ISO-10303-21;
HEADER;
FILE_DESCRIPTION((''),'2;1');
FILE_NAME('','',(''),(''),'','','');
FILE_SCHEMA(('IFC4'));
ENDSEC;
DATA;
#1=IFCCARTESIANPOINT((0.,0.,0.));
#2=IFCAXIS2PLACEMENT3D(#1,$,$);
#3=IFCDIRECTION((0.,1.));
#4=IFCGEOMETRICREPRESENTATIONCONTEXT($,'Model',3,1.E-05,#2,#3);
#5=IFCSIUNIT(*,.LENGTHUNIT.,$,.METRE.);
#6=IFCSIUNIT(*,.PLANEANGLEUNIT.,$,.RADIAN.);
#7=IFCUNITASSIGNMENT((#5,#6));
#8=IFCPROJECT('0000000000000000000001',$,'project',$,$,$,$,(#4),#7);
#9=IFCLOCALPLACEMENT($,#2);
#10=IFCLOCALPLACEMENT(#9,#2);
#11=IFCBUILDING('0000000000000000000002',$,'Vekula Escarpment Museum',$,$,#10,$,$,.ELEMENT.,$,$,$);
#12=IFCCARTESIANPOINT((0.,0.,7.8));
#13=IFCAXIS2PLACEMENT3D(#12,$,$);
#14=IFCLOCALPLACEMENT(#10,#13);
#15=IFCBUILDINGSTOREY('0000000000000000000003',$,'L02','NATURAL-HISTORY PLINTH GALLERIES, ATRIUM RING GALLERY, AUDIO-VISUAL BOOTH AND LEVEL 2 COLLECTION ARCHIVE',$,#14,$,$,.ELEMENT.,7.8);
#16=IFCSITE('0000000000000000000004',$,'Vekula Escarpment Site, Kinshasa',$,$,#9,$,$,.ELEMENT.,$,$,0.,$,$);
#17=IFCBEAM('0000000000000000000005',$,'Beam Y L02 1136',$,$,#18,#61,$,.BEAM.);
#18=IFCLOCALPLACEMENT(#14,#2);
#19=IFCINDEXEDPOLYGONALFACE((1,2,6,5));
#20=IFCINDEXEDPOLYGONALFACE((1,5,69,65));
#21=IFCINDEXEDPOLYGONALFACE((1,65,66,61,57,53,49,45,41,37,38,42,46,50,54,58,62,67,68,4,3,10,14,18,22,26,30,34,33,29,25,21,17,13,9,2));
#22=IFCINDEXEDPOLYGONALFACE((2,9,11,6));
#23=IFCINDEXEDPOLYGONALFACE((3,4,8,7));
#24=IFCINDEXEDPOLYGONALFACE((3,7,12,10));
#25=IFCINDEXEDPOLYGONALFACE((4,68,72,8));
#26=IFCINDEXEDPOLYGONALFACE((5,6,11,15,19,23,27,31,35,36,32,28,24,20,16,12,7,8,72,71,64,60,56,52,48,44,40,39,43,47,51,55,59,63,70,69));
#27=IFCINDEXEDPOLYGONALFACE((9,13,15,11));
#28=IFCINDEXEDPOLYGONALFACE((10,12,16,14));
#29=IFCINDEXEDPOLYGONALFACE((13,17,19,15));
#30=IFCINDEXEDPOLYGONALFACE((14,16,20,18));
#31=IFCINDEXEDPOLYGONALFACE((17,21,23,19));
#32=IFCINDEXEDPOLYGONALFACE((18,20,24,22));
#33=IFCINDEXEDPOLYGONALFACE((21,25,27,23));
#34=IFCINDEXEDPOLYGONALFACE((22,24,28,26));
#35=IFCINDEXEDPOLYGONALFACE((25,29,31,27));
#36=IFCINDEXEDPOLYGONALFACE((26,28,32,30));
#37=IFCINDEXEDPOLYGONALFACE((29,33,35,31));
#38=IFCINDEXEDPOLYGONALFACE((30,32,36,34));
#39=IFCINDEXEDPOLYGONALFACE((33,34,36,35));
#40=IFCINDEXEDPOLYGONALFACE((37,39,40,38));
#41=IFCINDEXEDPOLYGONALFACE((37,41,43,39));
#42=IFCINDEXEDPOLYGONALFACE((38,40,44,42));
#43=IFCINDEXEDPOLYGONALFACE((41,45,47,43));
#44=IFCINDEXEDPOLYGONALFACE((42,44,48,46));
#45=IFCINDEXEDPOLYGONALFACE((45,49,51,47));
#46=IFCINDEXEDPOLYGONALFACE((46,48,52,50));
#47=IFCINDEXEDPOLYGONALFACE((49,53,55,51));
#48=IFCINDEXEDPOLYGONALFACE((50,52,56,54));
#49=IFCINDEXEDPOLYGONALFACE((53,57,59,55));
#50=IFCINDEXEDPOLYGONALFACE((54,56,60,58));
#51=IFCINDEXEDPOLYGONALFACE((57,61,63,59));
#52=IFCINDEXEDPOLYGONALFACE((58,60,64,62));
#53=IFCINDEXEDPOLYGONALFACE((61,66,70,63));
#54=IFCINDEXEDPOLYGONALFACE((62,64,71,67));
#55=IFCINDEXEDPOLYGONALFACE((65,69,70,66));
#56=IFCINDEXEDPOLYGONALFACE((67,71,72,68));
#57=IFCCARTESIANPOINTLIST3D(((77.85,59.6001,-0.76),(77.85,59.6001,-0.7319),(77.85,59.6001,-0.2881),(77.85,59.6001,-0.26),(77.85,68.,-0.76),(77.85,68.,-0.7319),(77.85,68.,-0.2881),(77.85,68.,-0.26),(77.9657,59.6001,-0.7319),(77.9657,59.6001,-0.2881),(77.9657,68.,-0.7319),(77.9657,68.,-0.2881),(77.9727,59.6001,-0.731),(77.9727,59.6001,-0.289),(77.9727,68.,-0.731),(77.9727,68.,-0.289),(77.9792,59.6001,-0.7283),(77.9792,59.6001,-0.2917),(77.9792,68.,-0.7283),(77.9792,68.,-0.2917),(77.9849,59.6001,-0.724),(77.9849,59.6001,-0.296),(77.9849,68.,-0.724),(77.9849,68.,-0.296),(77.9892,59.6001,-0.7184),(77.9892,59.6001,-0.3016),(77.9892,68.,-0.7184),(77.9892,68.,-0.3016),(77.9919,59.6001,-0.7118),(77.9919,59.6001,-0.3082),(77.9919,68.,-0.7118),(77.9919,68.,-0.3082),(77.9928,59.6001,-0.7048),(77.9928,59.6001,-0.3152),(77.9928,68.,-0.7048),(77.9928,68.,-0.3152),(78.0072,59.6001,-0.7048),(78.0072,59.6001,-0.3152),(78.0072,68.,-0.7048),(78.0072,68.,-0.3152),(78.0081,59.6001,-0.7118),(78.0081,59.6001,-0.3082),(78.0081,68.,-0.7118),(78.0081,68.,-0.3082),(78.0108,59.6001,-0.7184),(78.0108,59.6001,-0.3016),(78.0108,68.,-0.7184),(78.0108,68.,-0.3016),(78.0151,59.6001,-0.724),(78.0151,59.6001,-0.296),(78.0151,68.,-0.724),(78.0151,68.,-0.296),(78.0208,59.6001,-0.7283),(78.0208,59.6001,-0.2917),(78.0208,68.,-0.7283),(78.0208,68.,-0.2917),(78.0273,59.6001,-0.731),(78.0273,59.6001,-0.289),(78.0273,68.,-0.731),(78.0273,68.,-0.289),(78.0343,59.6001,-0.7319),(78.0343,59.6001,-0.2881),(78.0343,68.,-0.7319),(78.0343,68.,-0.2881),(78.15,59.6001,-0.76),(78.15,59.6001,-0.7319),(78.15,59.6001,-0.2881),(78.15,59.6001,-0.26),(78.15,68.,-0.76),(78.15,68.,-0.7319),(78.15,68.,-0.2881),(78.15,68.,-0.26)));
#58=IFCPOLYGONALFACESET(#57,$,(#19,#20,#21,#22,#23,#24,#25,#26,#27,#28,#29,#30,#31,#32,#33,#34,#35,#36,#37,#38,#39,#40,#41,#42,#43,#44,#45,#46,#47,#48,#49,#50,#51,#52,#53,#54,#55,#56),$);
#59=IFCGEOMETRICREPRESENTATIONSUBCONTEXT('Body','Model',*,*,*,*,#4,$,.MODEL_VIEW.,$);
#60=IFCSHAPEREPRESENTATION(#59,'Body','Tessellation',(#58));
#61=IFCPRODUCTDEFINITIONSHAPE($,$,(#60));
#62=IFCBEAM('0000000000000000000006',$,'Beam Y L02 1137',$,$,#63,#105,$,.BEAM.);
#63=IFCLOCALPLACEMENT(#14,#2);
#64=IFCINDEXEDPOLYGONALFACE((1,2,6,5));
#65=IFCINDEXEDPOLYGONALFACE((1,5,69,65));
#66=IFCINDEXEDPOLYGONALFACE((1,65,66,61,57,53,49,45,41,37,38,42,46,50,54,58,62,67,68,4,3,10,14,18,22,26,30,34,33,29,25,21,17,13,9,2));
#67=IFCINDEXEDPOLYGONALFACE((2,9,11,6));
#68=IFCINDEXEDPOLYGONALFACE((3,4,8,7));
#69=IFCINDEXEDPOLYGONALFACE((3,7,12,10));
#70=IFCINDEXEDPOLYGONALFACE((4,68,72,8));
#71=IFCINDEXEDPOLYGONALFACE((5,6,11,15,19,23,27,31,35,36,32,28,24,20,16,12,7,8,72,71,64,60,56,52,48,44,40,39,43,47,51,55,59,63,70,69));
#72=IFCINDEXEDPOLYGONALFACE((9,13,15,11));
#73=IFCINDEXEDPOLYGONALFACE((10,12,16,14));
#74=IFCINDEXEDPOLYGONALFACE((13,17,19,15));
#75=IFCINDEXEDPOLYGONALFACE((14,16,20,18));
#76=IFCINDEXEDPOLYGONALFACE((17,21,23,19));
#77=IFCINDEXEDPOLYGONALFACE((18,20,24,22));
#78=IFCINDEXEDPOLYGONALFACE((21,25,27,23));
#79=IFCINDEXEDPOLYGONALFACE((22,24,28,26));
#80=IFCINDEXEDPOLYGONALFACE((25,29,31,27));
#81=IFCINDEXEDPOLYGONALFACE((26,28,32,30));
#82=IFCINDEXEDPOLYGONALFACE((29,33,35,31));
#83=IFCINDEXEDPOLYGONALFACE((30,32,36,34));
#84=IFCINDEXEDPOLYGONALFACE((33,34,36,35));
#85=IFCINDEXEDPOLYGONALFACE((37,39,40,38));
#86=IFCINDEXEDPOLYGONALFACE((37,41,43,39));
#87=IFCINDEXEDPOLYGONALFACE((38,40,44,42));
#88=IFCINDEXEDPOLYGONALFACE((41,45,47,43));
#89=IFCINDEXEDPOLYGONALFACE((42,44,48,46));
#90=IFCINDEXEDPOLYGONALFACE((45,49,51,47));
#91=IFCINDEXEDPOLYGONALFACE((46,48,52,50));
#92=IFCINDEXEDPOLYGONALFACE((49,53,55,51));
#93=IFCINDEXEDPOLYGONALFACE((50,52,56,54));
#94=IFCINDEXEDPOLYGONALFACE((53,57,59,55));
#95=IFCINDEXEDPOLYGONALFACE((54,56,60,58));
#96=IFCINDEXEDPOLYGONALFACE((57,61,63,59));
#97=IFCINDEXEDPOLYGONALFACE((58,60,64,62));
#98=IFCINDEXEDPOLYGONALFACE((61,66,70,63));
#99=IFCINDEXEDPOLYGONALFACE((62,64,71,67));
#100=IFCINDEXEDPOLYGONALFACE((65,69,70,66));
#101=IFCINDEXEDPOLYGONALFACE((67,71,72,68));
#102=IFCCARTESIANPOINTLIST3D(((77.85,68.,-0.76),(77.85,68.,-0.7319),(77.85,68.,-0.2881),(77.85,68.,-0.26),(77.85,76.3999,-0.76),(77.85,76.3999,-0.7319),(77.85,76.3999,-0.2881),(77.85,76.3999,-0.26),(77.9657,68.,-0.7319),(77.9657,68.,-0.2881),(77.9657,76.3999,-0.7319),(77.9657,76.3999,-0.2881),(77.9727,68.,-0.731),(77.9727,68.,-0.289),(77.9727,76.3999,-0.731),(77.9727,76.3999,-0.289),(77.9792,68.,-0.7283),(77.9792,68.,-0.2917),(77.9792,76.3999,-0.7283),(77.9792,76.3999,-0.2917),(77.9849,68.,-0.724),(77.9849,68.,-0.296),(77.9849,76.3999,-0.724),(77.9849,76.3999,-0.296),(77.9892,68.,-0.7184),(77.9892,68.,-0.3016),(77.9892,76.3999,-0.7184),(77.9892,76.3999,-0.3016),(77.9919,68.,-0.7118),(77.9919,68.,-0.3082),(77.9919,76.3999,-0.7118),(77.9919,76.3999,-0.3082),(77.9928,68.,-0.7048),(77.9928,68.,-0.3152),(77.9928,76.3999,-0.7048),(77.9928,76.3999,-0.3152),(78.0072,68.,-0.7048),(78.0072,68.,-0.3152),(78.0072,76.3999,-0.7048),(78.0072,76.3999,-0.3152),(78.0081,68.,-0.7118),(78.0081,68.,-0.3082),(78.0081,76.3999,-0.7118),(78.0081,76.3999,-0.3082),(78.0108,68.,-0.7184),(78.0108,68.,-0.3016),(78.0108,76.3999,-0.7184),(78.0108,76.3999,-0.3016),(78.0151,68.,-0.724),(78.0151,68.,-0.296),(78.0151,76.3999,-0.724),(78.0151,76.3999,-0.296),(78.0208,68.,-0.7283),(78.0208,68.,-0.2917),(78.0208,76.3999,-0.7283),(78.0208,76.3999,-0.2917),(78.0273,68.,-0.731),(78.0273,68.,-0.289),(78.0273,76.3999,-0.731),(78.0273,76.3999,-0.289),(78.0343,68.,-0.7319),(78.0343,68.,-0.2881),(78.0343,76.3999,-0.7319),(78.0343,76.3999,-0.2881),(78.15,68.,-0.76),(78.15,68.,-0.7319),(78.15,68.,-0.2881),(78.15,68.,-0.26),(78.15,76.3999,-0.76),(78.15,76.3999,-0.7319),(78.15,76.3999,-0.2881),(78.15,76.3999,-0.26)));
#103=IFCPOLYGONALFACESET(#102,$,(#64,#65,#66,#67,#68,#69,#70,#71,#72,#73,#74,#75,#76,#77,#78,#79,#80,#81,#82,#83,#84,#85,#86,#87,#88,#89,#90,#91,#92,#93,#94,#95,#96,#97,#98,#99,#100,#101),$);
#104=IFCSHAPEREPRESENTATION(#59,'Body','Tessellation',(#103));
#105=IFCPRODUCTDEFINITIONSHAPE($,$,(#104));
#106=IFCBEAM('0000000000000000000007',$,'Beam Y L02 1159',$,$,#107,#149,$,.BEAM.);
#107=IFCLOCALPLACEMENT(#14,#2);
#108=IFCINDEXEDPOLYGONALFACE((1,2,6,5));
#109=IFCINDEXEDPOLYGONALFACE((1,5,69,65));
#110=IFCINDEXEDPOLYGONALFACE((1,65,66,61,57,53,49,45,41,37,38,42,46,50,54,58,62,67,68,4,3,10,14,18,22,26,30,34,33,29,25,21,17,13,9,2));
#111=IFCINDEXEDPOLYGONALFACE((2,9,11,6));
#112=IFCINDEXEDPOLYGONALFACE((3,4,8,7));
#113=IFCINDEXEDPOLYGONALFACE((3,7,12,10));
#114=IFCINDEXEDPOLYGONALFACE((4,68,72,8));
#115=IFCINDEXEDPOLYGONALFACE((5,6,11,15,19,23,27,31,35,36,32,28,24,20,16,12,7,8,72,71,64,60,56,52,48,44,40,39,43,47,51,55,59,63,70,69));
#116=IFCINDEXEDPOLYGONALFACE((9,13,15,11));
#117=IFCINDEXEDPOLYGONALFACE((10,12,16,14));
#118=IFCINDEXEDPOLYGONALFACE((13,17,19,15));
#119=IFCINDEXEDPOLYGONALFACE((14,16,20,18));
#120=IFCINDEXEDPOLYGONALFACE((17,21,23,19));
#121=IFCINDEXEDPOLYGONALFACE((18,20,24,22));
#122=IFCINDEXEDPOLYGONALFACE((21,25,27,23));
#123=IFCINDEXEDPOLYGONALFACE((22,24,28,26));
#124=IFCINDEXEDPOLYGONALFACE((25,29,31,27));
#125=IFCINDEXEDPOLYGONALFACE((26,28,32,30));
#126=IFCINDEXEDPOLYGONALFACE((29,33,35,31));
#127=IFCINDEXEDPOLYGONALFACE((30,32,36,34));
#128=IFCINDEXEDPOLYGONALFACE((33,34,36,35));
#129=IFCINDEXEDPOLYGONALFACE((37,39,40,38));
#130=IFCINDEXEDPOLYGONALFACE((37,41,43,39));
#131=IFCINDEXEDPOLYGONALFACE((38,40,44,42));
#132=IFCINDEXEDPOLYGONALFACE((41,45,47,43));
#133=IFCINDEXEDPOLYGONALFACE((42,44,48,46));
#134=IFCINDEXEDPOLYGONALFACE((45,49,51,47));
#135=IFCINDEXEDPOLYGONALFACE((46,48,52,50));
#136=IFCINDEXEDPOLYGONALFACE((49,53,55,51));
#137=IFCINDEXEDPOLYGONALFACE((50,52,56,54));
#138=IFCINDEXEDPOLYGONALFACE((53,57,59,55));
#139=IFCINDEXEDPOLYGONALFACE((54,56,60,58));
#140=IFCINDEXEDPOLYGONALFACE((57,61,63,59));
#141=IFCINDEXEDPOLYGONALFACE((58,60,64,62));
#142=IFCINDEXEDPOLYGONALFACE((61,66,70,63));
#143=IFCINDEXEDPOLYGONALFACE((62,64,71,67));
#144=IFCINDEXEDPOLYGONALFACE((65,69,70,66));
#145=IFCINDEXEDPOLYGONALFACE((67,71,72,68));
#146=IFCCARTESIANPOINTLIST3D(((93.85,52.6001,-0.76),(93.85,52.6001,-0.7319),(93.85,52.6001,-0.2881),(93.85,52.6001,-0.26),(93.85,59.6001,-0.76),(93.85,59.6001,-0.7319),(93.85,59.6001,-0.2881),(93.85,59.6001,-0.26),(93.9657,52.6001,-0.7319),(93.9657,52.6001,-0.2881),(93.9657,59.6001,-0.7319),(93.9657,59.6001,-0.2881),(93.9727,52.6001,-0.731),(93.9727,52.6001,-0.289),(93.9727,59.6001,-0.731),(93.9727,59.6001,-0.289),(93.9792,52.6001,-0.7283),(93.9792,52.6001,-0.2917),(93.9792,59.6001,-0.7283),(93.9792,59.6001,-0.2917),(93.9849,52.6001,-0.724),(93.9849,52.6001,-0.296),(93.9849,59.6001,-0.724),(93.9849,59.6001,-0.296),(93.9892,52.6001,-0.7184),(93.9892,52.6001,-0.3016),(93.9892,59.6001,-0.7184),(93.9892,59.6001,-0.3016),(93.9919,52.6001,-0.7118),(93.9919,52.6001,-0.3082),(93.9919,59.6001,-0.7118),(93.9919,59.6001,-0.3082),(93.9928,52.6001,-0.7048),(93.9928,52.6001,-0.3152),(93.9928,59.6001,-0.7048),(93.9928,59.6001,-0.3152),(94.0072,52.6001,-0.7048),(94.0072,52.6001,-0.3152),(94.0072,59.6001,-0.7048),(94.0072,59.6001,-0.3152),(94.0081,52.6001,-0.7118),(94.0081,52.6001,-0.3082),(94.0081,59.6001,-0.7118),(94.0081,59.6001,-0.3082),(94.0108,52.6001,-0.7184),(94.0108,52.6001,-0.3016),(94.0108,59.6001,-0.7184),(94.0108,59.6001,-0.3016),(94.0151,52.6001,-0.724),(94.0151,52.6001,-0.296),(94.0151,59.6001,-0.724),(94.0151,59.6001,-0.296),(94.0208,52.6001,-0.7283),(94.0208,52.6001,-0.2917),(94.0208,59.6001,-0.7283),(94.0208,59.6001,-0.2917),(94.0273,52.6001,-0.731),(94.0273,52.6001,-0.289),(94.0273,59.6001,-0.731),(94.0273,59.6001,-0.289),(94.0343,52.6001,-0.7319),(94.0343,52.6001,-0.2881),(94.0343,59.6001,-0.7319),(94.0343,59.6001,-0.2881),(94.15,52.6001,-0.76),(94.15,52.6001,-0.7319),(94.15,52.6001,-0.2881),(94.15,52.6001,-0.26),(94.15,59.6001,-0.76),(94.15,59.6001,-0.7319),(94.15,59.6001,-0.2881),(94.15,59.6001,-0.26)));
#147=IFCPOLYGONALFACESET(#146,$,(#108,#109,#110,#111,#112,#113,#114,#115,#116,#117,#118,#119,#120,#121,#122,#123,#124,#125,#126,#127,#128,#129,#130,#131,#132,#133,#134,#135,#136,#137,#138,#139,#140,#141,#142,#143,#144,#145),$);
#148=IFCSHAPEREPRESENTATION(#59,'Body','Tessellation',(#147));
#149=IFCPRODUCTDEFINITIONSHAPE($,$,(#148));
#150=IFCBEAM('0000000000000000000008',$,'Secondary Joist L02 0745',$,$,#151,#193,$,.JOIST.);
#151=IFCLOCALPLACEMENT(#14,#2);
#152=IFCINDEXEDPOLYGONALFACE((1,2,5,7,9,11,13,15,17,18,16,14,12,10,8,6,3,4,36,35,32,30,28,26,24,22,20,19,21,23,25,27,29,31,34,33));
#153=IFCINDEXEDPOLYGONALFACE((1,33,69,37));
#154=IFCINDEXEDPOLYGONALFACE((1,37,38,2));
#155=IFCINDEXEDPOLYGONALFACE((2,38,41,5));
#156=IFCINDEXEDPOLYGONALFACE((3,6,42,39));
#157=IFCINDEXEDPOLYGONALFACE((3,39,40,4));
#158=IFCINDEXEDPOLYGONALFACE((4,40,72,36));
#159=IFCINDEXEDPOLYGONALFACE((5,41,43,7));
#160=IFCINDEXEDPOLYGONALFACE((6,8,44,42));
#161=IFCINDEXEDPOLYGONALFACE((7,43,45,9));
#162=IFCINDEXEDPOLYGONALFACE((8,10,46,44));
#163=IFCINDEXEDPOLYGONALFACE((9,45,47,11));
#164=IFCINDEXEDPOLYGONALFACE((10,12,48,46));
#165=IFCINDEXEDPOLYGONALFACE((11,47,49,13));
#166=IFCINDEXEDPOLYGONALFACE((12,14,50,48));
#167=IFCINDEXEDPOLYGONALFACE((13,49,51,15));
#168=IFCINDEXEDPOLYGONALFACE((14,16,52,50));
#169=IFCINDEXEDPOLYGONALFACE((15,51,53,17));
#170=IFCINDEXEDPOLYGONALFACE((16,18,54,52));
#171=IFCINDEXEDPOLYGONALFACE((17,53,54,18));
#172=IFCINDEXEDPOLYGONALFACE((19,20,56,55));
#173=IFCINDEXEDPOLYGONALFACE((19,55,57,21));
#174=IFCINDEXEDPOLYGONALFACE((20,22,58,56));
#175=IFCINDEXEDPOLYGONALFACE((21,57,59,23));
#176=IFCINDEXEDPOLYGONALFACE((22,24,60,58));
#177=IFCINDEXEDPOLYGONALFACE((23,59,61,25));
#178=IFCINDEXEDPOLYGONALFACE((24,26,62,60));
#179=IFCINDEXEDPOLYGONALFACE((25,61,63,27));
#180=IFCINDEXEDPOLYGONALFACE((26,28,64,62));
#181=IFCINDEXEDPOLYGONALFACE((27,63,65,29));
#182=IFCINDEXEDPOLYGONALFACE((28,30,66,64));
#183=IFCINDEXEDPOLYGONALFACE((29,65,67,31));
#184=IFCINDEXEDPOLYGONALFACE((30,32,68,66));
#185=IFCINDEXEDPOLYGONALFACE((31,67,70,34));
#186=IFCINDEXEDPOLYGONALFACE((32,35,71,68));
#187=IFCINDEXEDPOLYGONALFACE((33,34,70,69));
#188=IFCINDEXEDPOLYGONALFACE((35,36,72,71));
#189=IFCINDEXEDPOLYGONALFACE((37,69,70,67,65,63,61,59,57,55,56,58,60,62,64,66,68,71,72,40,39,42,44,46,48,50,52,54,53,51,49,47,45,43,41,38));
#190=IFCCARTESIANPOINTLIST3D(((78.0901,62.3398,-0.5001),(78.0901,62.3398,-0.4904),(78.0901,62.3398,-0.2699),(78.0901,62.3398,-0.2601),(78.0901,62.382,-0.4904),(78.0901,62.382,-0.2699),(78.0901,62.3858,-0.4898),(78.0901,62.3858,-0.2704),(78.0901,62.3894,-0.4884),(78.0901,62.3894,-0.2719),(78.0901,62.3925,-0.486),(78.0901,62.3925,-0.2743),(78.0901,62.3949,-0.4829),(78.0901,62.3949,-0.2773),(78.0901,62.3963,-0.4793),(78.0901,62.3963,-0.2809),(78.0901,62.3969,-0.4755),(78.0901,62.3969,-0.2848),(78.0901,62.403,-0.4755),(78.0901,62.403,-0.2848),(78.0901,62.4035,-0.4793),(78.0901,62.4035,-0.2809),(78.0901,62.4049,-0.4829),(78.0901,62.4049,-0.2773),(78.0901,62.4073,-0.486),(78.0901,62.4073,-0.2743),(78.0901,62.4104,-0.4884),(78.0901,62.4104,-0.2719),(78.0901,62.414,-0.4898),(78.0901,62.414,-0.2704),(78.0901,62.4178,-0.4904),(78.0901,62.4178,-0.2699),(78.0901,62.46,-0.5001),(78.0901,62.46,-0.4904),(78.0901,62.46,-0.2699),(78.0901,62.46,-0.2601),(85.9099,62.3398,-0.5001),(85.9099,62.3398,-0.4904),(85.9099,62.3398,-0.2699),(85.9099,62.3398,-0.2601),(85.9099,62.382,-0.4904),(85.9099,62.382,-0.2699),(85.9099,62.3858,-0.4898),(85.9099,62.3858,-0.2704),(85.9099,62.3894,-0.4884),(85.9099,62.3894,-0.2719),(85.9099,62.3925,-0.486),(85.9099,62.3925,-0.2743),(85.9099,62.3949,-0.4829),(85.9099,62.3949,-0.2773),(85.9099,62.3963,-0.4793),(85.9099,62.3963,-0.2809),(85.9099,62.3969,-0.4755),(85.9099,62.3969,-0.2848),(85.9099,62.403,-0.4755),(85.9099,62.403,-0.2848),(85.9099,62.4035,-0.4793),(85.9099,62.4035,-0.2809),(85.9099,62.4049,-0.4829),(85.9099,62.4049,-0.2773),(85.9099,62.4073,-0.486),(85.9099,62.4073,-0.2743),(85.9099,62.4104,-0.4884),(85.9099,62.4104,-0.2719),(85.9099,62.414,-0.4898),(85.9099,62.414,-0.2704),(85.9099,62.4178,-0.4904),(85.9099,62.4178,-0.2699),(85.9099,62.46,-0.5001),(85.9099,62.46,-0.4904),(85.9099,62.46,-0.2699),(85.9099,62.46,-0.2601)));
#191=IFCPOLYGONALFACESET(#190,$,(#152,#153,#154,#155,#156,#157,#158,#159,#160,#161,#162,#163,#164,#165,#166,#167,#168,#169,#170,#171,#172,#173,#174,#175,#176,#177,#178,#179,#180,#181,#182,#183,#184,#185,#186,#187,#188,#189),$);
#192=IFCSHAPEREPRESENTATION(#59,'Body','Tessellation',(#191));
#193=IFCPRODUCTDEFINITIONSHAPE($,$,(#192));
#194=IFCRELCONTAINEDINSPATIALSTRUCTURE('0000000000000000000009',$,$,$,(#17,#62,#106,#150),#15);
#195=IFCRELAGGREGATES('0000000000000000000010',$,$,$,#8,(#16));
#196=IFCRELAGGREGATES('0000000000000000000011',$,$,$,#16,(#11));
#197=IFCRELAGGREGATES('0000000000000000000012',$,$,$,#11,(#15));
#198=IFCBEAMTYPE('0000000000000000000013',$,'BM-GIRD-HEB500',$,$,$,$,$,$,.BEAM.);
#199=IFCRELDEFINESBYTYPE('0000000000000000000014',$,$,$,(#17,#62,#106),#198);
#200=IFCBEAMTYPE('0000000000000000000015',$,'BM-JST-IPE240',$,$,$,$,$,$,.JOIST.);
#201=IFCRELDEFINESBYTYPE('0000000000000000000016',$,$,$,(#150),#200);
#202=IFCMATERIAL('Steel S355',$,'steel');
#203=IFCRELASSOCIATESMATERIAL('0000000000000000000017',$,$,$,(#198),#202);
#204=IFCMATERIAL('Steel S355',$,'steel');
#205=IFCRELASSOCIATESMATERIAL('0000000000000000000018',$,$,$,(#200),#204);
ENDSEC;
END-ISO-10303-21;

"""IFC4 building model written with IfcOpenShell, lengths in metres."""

from ifc_helpers import new_model, si_unit, direction, frame, origin, origin_2d, place, context, subcontext, project, spatial, i_section, extrude, material, material_profile, profile_set, type_object, element, save


model = new_model("IFC4")

# Units and contexts
model_context = context("Model", 3, precision=1e-05, world=origin(), true_north=direction((0.0, 1.0)))
body_context = subcontext(model_context, "Body", "Model", "MODEL_VIEW")
ifc_project = project(units=[si_unit("LENGTHUNIT", "METRE"), si_unit("PLANEANGLEUNIT", "RADIAN")], contexts=[model_context])

# Site, building, storey
site_placement = place(None, origin())
site = spatial("IfcSite", under=ifc_project, at=site_placement, Name="Vekula Escarpment Site, Kinshasa", CompositionType="ELEMENT", RefElevation=0.0)
building_placement = place(site_placement, origin())
building = spatial("IfcBuilding", under=site, at=building_placement, Name="Vekula Escarpment Museum", CompositionType="ELEMENT")
storey_placement = place(building_placement, frame((0.0, 0.0, 7.8)))
storey = spatial("IfcBuildingStorey", under=building, at=storey_placement, Name="L02", Description="NATURAL-HISTORY PLINTH GALLERIES, ATRIUM RING GALLERY, AUDIO-VISUAL BOOTH AND LEVEL 2 COLLECTION ARCHIVE", CompositionType="ELEMENT", Elevation=7.8)

# Beams
ifc_material_1 = material(Name="Steel S355", Category="steel")
ifc_material_profile_1 = material_profile(ifc_material_1, i_section(OverallWidth=0.3, OverallDepth=0.5, WebThickness=0.0144, FlangeThickness=0.0281, FilletRadius=0.0271, at=origin_2d()), Name="HEB 500")
ifc_profile_set_1 = profile_set([ifc_material_profile_1], Name="Steel S355")
beam_type_1 = type_object("IfcBeamType", Name="BM-GIRD-HEB500", PredefinedType="BEAM", material=ifc_profile_set_1)
for number, where, z_axis, x_axis, name in (
    (1, (78.0, 59.6001, -0.51), (0.0, 1.0, 0.0), (-1.0, 0.0, 0.0), "Beam Y L02 1136"),
    (2, (78.0, 68.0, -0.51), (0.0, 1.0, 0.0), (-1.0, 0.0, 0.0), "Beam Y L02 1137"),
):
    element("IfcBeam", number, at=place(storey_placement, frame(where, z_axis=z_axis, x_axis=x_axis)), inside=storey, type_object=beam_type_1, Name=name, PredefinedType="BEAM", context=body_context, shape_type="SweptSolid", body=[
        extrude(i_section(OverallWidth=0.3, OverallDepth=0.5, WebThickness=0.0144, FlangeThickness=0.0281, FilletRadius=0.0271, at=origin_2d()), origin(), (0.0, 0.0, 1.0), 8.3999),
    ])
beam_1_placement = place(storey_placement, frame((94.0, 52.6001, -0.51), z_axis=(0.0, 1.0, 0.0), x_axis=(-1.0, 0.0, 0.0)))
element("IfcBeam", 3, at=beam_1_placement, inside=storey, type_object=beam_type_1, Name="Beam Y L02 1159", PredefinedType="BEAM", context=body_context, shape_type="SweptSolid", body=[
    extrude(i_section(OverallWidth=0.3, OverallDepth=0.5, WebThickness=0.0144, FlangeThickness=0.0281, FilletRadius=0.0271, at=origin_2d()), origin(), (0.0, 0.0, 1.0), 7.0),
])
ifc_material_2 = material(Name="Steel S355", Category="steel")
ifc_material_profile_2 = material_profile(ifc_material_2, i_section(OverallWidth=0.1201, OverallDepth=0.24, WebThickness=0.0061, FlangeThickness=0.0098, FilletRadius=0.0149, at=origin_2d()), Name="IPE 240")
ifc_profile_set_2 = profile_set([ifc_material_profile_2], Name="Steel S355")
beam_type_2 = type_object("IfcBeamType", Name="BM-JST-IPE240", PredefinedType="JOIST", material=ifc_profile_set_2)
for number, where, z_axis, x_axis, name in (
    (4, (78.0901, 62.3999, -0.3801), (1.0, 0.0, 0.0), (0.0, 1.0, 0.0), "Secondary Joist L02 0745"),
):
    element("IfcBeam", number, at=place(storey_placement, frame(where, z_axis=z_axis, x_axis=x_axis)), inside=storey, type_object=beam_type_2, Name=name, PredefinedType="JOIST", context=body_context, shape_type="SweptSolid", body=[
        extrude(i_section(OverallWidth=0.1201, OverallDepth=0.24, WebThickness=0.0061, FlangeThickness=0.0098, FilletRadius=0.0149, at=origin_2d()), origin(), (0.0, 0.0, 1.0), 7.8198),
    ])

save(model, "model.ifc")
